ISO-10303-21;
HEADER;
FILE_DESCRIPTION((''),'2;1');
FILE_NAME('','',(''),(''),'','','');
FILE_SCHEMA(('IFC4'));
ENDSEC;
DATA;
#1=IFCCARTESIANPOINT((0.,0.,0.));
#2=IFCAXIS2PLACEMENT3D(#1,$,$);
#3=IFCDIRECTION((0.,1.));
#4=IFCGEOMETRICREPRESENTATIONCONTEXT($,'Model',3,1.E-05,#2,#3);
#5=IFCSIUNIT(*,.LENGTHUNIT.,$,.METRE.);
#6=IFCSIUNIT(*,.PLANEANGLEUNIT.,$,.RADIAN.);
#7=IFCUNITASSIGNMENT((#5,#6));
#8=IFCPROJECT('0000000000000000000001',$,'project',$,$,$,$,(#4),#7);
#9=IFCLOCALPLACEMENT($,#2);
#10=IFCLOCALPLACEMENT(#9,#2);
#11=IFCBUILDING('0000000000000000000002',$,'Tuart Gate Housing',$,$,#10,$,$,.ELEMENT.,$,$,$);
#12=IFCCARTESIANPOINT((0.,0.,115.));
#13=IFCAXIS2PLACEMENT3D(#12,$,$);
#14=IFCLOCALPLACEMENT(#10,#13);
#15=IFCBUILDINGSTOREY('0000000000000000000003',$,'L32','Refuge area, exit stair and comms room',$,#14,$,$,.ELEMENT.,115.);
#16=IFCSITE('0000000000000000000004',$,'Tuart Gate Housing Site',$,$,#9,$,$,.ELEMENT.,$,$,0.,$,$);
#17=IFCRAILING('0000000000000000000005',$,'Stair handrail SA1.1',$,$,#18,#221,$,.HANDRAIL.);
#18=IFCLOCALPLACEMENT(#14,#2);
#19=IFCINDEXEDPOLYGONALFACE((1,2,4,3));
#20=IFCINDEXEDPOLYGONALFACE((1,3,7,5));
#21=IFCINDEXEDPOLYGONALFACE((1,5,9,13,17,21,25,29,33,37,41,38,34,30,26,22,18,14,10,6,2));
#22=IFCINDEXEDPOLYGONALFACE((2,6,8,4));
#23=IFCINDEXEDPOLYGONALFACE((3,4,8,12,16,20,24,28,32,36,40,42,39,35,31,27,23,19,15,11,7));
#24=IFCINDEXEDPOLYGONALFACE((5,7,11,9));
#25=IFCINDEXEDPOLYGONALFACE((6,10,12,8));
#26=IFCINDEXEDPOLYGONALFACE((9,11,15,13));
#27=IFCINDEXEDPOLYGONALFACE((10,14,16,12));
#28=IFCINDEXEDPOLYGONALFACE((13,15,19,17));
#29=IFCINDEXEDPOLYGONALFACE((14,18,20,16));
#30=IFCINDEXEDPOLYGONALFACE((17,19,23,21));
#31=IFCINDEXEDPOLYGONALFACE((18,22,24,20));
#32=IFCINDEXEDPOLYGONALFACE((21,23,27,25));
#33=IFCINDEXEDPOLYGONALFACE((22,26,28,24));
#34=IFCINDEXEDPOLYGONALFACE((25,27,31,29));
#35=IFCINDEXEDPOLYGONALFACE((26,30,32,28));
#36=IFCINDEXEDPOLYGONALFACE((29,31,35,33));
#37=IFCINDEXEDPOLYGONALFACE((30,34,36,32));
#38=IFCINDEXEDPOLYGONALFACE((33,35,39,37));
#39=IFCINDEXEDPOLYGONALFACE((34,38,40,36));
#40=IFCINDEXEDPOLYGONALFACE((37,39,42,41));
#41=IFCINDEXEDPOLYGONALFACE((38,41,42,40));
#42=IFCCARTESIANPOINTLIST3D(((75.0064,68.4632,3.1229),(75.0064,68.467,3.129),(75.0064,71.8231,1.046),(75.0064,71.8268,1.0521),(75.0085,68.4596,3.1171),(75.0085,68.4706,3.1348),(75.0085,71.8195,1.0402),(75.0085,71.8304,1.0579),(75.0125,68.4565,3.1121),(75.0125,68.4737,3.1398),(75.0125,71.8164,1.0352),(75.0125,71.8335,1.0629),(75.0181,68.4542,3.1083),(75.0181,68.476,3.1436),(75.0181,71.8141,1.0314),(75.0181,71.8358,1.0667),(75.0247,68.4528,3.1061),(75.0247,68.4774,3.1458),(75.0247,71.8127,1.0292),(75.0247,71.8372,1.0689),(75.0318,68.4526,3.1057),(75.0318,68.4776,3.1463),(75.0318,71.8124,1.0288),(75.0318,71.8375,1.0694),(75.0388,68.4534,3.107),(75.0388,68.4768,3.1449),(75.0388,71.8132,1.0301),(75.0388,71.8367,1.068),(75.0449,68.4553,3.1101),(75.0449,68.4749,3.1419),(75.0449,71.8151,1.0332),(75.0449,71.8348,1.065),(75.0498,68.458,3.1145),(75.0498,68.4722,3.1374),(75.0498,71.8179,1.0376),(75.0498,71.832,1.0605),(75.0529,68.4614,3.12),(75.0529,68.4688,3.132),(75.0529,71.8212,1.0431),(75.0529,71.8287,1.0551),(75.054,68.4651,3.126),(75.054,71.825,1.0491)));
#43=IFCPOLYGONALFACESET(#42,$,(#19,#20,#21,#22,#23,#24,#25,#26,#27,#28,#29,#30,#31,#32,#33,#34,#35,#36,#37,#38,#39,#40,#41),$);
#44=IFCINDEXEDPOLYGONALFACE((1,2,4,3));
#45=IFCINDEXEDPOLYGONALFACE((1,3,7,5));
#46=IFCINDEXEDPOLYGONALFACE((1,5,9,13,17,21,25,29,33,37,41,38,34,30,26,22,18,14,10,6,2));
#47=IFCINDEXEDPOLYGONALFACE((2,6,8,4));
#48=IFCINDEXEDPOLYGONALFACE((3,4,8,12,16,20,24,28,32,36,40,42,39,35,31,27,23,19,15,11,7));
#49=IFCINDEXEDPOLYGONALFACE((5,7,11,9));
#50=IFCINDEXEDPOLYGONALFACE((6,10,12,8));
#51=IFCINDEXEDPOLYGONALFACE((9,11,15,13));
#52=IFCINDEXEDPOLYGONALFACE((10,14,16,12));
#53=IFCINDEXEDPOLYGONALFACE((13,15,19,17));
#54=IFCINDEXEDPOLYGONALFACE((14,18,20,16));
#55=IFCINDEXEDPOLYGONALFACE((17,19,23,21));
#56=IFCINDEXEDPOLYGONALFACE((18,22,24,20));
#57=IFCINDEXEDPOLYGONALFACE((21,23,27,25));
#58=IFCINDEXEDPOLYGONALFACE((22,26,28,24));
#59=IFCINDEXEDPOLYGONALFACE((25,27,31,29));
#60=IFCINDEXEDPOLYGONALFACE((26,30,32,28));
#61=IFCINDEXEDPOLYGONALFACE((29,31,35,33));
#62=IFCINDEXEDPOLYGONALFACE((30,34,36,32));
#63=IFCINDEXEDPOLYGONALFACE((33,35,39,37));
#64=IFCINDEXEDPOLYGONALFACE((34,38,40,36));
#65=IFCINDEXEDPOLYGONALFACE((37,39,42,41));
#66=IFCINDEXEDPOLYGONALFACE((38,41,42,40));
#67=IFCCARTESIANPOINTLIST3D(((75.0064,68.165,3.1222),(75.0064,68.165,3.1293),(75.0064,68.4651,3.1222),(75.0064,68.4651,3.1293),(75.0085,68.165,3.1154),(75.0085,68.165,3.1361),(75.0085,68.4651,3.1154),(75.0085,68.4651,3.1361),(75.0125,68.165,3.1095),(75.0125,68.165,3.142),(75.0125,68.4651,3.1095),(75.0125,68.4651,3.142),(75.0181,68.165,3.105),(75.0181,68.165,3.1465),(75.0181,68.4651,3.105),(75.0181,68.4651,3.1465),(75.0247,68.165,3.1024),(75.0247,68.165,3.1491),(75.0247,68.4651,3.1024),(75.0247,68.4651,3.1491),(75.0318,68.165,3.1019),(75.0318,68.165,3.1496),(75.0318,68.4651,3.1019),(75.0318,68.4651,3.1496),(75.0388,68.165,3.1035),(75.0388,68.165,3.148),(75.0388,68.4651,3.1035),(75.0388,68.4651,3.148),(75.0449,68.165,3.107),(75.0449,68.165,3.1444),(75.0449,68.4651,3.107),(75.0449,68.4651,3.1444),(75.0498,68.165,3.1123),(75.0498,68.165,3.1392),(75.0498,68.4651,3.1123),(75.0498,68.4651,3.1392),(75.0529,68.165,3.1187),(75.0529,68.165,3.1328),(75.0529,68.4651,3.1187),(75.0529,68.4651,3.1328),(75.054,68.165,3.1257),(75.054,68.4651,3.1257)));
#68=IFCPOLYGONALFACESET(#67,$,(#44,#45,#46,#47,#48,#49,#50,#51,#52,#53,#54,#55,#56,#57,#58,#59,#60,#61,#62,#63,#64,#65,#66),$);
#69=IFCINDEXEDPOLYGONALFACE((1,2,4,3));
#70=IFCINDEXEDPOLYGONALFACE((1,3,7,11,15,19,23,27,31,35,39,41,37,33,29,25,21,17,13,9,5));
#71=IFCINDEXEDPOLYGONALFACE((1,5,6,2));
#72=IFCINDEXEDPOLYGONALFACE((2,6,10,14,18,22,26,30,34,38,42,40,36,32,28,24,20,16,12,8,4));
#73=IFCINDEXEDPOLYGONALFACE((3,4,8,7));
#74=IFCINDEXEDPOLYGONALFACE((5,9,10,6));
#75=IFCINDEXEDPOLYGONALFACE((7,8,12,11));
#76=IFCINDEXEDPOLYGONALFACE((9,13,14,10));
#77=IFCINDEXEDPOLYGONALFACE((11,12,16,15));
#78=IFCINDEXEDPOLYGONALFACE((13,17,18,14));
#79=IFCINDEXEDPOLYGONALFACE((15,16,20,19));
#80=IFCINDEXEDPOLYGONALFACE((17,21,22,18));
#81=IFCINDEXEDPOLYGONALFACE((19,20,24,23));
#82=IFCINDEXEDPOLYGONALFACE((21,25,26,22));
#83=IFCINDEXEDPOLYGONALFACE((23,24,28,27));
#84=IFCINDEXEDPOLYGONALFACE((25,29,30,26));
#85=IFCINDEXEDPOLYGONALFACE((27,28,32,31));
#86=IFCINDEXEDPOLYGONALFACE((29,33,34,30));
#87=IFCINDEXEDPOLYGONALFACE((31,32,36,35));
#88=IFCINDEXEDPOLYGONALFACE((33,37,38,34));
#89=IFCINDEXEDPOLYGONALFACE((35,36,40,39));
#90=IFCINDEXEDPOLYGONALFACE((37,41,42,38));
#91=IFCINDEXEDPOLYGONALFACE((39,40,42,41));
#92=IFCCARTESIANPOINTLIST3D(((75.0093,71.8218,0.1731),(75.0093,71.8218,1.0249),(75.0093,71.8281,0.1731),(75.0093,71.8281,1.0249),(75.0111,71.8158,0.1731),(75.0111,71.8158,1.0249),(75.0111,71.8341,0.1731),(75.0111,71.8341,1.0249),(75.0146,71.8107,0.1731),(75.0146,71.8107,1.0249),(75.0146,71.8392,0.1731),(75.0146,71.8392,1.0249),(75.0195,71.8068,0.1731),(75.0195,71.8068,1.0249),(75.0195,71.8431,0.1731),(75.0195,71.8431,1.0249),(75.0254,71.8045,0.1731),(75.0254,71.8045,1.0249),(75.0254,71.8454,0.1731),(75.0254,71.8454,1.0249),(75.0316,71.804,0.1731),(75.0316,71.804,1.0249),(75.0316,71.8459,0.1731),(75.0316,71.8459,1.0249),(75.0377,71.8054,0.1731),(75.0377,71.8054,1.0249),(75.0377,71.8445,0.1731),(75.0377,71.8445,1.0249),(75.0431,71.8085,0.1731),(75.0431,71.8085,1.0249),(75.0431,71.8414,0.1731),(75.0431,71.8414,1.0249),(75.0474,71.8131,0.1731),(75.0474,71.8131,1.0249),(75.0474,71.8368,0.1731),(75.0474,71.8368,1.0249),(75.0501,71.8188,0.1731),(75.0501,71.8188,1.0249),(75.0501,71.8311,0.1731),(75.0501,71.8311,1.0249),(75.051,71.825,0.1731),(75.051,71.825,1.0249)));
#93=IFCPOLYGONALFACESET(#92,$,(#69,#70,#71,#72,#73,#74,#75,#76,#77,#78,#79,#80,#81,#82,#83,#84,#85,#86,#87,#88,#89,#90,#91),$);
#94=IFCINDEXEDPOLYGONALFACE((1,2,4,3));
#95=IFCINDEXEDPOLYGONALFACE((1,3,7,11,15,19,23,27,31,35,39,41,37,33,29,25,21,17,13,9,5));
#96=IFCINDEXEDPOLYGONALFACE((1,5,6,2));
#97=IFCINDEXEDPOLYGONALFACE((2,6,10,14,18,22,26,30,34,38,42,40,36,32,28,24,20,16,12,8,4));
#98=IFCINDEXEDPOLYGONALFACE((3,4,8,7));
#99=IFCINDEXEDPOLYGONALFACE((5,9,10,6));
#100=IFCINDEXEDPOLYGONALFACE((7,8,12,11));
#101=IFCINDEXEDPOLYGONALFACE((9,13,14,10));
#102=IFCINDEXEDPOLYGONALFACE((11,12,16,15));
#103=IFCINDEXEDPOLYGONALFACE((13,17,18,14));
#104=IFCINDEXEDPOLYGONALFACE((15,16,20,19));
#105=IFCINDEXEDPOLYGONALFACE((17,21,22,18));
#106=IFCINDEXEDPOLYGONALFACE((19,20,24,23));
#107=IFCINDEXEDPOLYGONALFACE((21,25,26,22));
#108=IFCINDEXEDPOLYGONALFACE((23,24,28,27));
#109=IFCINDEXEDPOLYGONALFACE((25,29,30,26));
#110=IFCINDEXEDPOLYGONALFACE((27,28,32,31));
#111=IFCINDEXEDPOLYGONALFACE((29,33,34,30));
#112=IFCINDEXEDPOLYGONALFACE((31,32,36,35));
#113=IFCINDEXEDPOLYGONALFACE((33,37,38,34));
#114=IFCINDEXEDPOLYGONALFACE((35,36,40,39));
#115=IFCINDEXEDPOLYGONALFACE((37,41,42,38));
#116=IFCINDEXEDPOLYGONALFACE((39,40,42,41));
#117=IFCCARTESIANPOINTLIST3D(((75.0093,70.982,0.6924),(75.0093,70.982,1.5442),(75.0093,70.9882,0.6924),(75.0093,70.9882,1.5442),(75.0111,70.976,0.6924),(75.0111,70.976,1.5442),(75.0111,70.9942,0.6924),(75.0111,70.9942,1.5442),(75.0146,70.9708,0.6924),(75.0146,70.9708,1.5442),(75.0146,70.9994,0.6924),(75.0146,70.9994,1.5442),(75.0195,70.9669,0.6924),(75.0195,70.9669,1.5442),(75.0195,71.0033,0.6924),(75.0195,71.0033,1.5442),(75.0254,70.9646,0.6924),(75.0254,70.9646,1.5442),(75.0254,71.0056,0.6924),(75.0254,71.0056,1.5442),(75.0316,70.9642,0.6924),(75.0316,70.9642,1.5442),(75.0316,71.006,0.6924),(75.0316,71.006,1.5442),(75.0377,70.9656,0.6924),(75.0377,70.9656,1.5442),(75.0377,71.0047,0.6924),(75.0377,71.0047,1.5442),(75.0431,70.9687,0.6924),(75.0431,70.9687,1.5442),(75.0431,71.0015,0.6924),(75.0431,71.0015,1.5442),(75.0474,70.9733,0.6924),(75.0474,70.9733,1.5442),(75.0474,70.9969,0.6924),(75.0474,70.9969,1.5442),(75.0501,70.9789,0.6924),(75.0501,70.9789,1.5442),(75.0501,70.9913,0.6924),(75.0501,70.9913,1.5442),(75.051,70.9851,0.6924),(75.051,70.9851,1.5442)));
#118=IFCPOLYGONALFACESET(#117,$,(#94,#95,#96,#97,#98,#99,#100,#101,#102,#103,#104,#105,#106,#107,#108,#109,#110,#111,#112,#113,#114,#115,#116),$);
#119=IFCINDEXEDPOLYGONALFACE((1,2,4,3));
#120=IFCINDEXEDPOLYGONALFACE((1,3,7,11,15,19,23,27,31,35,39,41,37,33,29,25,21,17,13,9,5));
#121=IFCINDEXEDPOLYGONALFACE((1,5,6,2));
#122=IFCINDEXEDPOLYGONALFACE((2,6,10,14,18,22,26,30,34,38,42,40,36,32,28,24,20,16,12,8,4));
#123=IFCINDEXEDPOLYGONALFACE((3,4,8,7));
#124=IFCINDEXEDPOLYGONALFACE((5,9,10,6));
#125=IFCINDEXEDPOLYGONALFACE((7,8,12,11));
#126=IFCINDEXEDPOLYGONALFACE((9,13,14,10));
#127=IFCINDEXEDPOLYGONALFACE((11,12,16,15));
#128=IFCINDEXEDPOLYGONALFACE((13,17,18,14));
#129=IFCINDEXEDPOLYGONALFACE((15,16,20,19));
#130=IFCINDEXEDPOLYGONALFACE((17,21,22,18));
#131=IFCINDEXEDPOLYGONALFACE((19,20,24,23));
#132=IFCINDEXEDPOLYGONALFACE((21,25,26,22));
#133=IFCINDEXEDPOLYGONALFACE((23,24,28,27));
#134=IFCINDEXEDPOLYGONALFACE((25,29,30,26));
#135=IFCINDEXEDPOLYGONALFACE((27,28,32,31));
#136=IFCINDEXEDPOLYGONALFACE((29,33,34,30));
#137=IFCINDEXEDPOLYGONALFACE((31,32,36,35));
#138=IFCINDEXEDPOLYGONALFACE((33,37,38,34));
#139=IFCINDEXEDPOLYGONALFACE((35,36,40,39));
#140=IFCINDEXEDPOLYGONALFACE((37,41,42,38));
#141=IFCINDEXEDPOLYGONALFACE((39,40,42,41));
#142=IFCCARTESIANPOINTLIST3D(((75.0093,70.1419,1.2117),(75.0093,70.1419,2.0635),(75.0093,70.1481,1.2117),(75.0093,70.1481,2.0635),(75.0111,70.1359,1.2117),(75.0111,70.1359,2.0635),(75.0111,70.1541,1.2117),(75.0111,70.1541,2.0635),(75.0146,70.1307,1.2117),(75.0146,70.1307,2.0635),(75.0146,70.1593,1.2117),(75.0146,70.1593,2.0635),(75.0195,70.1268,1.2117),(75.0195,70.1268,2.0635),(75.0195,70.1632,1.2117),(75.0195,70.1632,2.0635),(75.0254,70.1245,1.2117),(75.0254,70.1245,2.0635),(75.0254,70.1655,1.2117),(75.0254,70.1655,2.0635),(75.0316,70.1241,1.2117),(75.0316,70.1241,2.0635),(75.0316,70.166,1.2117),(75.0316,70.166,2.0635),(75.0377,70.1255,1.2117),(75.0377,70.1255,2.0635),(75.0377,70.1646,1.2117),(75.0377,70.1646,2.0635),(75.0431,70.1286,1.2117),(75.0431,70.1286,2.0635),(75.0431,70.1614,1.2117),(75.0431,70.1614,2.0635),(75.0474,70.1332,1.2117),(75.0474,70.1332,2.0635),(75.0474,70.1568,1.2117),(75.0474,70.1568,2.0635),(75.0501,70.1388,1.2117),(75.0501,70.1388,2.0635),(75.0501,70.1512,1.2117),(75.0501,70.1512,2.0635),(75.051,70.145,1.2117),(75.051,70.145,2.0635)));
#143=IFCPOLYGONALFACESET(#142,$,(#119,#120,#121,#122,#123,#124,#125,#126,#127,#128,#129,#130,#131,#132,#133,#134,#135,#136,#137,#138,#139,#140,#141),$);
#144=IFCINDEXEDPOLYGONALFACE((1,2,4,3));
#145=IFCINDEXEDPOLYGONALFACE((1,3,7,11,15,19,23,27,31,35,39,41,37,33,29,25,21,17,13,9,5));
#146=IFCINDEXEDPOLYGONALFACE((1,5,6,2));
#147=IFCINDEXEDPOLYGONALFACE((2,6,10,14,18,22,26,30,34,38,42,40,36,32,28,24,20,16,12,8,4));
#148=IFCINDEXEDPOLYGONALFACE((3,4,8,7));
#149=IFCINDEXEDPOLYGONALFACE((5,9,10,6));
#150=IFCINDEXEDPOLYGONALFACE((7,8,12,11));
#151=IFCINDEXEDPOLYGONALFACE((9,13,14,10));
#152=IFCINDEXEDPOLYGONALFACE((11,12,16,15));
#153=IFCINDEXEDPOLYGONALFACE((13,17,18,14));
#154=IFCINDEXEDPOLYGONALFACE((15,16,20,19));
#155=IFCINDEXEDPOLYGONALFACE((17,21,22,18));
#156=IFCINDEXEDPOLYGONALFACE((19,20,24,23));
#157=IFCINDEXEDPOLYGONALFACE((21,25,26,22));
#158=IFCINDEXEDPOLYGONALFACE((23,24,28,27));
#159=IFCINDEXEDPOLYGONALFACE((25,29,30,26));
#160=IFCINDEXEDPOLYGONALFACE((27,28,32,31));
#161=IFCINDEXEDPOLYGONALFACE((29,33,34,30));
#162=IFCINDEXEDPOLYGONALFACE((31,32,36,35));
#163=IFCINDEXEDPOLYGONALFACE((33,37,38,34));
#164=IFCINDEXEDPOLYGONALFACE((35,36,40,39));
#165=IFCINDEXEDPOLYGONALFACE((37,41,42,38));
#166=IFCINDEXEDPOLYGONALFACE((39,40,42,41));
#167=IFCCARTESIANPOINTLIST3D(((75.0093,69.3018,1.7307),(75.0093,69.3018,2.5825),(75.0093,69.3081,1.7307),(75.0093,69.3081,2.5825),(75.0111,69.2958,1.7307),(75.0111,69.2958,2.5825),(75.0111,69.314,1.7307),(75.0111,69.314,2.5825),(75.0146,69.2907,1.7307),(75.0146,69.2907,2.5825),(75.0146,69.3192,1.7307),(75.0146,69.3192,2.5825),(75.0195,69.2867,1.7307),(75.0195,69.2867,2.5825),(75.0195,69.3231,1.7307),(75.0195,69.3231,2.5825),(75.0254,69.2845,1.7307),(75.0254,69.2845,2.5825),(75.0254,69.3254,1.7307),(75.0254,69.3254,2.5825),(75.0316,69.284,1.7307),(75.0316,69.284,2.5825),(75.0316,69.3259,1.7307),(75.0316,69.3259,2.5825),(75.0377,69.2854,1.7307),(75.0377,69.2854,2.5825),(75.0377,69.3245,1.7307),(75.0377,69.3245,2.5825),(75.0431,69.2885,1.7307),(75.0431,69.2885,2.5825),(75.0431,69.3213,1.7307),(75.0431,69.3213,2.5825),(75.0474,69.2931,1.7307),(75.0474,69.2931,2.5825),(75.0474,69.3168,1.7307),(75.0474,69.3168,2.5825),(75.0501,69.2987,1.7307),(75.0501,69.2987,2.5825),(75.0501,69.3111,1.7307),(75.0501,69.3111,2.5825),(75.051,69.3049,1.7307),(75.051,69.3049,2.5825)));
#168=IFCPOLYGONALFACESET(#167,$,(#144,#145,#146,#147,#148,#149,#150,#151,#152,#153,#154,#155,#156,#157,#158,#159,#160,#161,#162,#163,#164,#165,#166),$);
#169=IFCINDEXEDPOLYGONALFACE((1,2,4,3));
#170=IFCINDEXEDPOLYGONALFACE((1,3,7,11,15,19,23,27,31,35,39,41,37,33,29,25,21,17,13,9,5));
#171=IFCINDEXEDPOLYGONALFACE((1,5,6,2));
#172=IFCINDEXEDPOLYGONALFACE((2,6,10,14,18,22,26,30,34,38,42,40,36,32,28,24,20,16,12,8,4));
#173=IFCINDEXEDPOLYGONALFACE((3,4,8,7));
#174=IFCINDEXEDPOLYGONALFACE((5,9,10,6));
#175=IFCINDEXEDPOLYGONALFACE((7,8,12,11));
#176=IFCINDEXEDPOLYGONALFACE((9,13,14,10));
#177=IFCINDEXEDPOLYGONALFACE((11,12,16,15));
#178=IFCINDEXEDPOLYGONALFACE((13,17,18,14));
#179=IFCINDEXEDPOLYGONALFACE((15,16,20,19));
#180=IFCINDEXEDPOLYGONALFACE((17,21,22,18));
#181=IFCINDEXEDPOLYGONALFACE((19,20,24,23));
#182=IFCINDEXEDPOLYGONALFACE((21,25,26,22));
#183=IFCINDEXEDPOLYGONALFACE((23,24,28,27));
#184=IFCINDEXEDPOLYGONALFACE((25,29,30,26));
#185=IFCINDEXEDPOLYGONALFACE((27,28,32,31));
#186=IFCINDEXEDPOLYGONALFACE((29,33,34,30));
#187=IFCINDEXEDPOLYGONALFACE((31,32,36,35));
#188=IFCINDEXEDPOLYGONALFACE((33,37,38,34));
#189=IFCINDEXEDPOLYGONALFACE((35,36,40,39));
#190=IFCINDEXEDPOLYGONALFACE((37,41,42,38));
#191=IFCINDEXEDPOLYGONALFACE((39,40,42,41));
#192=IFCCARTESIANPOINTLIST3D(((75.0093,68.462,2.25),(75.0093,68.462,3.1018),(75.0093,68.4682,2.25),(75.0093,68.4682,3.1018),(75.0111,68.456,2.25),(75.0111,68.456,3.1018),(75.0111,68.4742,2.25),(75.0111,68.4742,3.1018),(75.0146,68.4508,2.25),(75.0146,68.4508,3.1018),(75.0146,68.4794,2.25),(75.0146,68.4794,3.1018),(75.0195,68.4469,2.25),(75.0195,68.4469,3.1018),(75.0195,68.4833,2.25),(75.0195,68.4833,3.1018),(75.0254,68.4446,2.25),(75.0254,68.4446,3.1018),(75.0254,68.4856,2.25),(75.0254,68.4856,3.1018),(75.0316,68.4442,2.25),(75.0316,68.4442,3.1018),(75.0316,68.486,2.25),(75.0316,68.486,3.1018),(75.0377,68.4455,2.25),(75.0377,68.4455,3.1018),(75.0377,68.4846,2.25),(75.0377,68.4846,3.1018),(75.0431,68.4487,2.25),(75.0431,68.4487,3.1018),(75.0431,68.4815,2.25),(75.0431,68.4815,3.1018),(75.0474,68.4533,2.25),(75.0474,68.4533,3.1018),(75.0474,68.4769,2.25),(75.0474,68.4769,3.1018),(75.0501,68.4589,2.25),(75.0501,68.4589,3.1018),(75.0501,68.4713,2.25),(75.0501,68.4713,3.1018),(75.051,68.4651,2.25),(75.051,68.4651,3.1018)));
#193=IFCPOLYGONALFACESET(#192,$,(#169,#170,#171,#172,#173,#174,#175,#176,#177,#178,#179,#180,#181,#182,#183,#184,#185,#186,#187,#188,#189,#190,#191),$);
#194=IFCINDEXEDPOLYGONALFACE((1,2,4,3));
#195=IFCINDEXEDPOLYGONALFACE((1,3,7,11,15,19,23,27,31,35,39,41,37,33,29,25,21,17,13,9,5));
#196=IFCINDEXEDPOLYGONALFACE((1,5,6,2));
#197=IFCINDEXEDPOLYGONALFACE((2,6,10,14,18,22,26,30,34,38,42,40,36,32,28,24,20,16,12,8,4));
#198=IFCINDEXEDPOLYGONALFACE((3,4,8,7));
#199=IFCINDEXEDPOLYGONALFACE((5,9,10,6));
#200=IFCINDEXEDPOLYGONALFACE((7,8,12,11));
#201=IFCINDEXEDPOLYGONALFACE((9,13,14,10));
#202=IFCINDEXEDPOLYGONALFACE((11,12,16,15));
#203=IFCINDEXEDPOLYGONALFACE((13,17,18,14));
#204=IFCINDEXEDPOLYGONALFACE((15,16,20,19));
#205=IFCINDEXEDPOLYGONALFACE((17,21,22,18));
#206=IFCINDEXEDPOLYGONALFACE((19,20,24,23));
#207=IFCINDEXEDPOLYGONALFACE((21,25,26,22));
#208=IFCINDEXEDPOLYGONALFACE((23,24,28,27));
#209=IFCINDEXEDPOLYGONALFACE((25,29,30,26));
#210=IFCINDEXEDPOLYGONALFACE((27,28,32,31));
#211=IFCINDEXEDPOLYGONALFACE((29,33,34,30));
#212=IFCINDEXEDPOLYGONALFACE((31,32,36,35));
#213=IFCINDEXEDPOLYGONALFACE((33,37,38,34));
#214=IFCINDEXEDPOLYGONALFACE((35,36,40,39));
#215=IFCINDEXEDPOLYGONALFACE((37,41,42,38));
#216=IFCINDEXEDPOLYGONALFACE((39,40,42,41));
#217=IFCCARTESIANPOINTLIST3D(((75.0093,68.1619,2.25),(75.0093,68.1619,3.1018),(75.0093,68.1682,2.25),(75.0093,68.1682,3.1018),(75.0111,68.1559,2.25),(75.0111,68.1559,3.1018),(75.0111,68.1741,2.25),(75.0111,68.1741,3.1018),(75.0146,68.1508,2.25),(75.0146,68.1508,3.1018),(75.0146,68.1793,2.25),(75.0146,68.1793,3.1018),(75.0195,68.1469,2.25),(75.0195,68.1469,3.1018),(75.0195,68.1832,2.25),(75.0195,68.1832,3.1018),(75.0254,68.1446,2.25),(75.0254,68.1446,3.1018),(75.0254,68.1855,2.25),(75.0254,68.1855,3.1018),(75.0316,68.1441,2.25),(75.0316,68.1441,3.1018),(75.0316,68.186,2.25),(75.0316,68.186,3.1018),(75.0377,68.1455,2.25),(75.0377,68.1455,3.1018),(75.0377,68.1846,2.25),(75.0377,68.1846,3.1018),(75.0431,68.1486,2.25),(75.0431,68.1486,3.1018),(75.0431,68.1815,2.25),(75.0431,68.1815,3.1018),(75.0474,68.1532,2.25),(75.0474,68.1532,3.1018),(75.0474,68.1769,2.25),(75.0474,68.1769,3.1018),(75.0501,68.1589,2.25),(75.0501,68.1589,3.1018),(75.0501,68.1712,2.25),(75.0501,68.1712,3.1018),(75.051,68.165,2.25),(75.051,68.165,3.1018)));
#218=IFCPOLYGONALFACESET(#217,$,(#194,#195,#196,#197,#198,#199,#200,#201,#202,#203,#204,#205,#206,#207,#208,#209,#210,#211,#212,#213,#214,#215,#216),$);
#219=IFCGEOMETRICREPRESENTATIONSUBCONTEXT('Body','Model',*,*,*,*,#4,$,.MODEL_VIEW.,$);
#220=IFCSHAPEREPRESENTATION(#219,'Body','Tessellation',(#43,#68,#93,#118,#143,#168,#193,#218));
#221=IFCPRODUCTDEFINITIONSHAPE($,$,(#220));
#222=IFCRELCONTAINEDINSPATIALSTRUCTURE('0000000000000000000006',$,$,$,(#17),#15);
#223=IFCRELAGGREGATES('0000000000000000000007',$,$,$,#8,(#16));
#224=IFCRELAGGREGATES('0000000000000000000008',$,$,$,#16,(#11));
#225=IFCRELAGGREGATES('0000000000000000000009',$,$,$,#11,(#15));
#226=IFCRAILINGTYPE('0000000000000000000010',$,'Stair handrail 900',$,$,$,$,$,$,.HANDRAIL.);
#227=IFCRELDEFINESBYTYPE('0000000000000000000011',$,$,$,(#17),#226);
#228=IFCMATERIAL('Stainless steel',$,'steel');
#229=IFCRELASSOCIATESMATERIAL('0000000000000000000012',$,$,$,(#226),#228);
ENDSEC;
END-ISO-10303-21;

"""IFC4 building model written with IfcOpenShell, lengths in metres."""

from ifc_helpers import new_model, si_unit, direction, frame, origin, origin_2d, place, context, subcontext, project, spatial, circle, extrude, material, type_object, element, save


model = new_model("IFC4")

# Units and contexts
model_context = context("Model", 3, precision=1e-05, world=origin(), true_north=direction((0.0, 1.0)))
body_context = subcontext(model_context, "Body", "Model", "MODEL_VIEW")
ifc_project = project(units=[si_unit("LENGTHUNIT", "METRE"), si_unit("PLANEANGLEUNIT", "RADIAN")], contexts=[model_context])

# Site, building, storey
site_placement = place(None, origin())
site = spatial("IfcSite", under=ifc_project, at=site_placement, Name="Tuart Gate Housing Site", CompositionType="ELEMENT", RefElevation=0.0)
building_placement = place(site_placement, origin())
building = spatial("IfcBuilding", under=site, at=building_placement, Name="Tuart Gate Housing", CompositionType="ELEMENT")
storey_placement = place(building_placement, frame((0.0, 0.0, 115.0)))
storey = spatial("IfcBuildingStorey", under=building, at=storey_placement, Name="L32", Description="Refuge area, exit stair and comms room", CompositionType="ELEMENT", Elevation=115.0)

# Railing
ifc_material_1 = material(Name="Stainless steel", Category="steel")
railing_type = type_object("IfcRailingType", Name="Stair handrail 900", PredefinedType="HANDRAIL", material=ifc_material_1)
railing_placement = place(storey_placement, frame((75.03, 71.825, 0.1731)))
element("IfcRailing", 1, at=railing_placement, inside=storey, type_object=railing_type, Name="Stair handrail SA1.1", PredefinedType="HANDRAIL", context=body_context, shape_type="SweptSolid", body=[
    extrude(circle(Radius=0.0239, at=origin_2d()), frame((0.0, 0.0, 0.876), z_axis=(0.0, -0.850606, 0.525803), x_axis=(1.0, 0.0, 0.0)), (0.0, 0.0, 1.0), 3.95),
    extrude(circle(Radius=0.0239, at=origin_2d()), frame((0.0, -3.3599, 2.9526), z_axis=(0.0, -1.0, 0.0), x_axis=(1.0, 0.0, 0.0)), (0.0, 0.0, 1.0), 0.3),
    extrude(circle(Radius=0.021, at=origin_2d()), origin(), (0.0, 0.0, 1.0), 0.8518),
    extrude(circle(Radius=0.021, at=origin_2d()), frame((0.0, -0.8398, 0.5193)), (0.0, 0.0, 1.0), 0.8518),
    extrude(circle(Radius=0.021, at=origin_2d()), frame((0.0, -1.6799, 1.0386)), (0.0, 0.0, 1.0), 0.8518),
    extrude(circle(Radius=0.021, at=origin_2d()), frame((0.0, -2.52, 1.5576)), (0.0, 0.0, 1.0), 0.8518),
    extrude(circle(Radius=0.021, at=origin_2d()), frame((0.0, -3.3599, 2.0769)), (0.0, 0.0, 1.0), 0.8518),
    extrude(circle(Radius=0.021, at=origin_2d()), frame((0.0, -3.6599, 2.0769)), (0.0, 0.0, 1.0), 0.8518),
])

save(model, "model.ifc")
